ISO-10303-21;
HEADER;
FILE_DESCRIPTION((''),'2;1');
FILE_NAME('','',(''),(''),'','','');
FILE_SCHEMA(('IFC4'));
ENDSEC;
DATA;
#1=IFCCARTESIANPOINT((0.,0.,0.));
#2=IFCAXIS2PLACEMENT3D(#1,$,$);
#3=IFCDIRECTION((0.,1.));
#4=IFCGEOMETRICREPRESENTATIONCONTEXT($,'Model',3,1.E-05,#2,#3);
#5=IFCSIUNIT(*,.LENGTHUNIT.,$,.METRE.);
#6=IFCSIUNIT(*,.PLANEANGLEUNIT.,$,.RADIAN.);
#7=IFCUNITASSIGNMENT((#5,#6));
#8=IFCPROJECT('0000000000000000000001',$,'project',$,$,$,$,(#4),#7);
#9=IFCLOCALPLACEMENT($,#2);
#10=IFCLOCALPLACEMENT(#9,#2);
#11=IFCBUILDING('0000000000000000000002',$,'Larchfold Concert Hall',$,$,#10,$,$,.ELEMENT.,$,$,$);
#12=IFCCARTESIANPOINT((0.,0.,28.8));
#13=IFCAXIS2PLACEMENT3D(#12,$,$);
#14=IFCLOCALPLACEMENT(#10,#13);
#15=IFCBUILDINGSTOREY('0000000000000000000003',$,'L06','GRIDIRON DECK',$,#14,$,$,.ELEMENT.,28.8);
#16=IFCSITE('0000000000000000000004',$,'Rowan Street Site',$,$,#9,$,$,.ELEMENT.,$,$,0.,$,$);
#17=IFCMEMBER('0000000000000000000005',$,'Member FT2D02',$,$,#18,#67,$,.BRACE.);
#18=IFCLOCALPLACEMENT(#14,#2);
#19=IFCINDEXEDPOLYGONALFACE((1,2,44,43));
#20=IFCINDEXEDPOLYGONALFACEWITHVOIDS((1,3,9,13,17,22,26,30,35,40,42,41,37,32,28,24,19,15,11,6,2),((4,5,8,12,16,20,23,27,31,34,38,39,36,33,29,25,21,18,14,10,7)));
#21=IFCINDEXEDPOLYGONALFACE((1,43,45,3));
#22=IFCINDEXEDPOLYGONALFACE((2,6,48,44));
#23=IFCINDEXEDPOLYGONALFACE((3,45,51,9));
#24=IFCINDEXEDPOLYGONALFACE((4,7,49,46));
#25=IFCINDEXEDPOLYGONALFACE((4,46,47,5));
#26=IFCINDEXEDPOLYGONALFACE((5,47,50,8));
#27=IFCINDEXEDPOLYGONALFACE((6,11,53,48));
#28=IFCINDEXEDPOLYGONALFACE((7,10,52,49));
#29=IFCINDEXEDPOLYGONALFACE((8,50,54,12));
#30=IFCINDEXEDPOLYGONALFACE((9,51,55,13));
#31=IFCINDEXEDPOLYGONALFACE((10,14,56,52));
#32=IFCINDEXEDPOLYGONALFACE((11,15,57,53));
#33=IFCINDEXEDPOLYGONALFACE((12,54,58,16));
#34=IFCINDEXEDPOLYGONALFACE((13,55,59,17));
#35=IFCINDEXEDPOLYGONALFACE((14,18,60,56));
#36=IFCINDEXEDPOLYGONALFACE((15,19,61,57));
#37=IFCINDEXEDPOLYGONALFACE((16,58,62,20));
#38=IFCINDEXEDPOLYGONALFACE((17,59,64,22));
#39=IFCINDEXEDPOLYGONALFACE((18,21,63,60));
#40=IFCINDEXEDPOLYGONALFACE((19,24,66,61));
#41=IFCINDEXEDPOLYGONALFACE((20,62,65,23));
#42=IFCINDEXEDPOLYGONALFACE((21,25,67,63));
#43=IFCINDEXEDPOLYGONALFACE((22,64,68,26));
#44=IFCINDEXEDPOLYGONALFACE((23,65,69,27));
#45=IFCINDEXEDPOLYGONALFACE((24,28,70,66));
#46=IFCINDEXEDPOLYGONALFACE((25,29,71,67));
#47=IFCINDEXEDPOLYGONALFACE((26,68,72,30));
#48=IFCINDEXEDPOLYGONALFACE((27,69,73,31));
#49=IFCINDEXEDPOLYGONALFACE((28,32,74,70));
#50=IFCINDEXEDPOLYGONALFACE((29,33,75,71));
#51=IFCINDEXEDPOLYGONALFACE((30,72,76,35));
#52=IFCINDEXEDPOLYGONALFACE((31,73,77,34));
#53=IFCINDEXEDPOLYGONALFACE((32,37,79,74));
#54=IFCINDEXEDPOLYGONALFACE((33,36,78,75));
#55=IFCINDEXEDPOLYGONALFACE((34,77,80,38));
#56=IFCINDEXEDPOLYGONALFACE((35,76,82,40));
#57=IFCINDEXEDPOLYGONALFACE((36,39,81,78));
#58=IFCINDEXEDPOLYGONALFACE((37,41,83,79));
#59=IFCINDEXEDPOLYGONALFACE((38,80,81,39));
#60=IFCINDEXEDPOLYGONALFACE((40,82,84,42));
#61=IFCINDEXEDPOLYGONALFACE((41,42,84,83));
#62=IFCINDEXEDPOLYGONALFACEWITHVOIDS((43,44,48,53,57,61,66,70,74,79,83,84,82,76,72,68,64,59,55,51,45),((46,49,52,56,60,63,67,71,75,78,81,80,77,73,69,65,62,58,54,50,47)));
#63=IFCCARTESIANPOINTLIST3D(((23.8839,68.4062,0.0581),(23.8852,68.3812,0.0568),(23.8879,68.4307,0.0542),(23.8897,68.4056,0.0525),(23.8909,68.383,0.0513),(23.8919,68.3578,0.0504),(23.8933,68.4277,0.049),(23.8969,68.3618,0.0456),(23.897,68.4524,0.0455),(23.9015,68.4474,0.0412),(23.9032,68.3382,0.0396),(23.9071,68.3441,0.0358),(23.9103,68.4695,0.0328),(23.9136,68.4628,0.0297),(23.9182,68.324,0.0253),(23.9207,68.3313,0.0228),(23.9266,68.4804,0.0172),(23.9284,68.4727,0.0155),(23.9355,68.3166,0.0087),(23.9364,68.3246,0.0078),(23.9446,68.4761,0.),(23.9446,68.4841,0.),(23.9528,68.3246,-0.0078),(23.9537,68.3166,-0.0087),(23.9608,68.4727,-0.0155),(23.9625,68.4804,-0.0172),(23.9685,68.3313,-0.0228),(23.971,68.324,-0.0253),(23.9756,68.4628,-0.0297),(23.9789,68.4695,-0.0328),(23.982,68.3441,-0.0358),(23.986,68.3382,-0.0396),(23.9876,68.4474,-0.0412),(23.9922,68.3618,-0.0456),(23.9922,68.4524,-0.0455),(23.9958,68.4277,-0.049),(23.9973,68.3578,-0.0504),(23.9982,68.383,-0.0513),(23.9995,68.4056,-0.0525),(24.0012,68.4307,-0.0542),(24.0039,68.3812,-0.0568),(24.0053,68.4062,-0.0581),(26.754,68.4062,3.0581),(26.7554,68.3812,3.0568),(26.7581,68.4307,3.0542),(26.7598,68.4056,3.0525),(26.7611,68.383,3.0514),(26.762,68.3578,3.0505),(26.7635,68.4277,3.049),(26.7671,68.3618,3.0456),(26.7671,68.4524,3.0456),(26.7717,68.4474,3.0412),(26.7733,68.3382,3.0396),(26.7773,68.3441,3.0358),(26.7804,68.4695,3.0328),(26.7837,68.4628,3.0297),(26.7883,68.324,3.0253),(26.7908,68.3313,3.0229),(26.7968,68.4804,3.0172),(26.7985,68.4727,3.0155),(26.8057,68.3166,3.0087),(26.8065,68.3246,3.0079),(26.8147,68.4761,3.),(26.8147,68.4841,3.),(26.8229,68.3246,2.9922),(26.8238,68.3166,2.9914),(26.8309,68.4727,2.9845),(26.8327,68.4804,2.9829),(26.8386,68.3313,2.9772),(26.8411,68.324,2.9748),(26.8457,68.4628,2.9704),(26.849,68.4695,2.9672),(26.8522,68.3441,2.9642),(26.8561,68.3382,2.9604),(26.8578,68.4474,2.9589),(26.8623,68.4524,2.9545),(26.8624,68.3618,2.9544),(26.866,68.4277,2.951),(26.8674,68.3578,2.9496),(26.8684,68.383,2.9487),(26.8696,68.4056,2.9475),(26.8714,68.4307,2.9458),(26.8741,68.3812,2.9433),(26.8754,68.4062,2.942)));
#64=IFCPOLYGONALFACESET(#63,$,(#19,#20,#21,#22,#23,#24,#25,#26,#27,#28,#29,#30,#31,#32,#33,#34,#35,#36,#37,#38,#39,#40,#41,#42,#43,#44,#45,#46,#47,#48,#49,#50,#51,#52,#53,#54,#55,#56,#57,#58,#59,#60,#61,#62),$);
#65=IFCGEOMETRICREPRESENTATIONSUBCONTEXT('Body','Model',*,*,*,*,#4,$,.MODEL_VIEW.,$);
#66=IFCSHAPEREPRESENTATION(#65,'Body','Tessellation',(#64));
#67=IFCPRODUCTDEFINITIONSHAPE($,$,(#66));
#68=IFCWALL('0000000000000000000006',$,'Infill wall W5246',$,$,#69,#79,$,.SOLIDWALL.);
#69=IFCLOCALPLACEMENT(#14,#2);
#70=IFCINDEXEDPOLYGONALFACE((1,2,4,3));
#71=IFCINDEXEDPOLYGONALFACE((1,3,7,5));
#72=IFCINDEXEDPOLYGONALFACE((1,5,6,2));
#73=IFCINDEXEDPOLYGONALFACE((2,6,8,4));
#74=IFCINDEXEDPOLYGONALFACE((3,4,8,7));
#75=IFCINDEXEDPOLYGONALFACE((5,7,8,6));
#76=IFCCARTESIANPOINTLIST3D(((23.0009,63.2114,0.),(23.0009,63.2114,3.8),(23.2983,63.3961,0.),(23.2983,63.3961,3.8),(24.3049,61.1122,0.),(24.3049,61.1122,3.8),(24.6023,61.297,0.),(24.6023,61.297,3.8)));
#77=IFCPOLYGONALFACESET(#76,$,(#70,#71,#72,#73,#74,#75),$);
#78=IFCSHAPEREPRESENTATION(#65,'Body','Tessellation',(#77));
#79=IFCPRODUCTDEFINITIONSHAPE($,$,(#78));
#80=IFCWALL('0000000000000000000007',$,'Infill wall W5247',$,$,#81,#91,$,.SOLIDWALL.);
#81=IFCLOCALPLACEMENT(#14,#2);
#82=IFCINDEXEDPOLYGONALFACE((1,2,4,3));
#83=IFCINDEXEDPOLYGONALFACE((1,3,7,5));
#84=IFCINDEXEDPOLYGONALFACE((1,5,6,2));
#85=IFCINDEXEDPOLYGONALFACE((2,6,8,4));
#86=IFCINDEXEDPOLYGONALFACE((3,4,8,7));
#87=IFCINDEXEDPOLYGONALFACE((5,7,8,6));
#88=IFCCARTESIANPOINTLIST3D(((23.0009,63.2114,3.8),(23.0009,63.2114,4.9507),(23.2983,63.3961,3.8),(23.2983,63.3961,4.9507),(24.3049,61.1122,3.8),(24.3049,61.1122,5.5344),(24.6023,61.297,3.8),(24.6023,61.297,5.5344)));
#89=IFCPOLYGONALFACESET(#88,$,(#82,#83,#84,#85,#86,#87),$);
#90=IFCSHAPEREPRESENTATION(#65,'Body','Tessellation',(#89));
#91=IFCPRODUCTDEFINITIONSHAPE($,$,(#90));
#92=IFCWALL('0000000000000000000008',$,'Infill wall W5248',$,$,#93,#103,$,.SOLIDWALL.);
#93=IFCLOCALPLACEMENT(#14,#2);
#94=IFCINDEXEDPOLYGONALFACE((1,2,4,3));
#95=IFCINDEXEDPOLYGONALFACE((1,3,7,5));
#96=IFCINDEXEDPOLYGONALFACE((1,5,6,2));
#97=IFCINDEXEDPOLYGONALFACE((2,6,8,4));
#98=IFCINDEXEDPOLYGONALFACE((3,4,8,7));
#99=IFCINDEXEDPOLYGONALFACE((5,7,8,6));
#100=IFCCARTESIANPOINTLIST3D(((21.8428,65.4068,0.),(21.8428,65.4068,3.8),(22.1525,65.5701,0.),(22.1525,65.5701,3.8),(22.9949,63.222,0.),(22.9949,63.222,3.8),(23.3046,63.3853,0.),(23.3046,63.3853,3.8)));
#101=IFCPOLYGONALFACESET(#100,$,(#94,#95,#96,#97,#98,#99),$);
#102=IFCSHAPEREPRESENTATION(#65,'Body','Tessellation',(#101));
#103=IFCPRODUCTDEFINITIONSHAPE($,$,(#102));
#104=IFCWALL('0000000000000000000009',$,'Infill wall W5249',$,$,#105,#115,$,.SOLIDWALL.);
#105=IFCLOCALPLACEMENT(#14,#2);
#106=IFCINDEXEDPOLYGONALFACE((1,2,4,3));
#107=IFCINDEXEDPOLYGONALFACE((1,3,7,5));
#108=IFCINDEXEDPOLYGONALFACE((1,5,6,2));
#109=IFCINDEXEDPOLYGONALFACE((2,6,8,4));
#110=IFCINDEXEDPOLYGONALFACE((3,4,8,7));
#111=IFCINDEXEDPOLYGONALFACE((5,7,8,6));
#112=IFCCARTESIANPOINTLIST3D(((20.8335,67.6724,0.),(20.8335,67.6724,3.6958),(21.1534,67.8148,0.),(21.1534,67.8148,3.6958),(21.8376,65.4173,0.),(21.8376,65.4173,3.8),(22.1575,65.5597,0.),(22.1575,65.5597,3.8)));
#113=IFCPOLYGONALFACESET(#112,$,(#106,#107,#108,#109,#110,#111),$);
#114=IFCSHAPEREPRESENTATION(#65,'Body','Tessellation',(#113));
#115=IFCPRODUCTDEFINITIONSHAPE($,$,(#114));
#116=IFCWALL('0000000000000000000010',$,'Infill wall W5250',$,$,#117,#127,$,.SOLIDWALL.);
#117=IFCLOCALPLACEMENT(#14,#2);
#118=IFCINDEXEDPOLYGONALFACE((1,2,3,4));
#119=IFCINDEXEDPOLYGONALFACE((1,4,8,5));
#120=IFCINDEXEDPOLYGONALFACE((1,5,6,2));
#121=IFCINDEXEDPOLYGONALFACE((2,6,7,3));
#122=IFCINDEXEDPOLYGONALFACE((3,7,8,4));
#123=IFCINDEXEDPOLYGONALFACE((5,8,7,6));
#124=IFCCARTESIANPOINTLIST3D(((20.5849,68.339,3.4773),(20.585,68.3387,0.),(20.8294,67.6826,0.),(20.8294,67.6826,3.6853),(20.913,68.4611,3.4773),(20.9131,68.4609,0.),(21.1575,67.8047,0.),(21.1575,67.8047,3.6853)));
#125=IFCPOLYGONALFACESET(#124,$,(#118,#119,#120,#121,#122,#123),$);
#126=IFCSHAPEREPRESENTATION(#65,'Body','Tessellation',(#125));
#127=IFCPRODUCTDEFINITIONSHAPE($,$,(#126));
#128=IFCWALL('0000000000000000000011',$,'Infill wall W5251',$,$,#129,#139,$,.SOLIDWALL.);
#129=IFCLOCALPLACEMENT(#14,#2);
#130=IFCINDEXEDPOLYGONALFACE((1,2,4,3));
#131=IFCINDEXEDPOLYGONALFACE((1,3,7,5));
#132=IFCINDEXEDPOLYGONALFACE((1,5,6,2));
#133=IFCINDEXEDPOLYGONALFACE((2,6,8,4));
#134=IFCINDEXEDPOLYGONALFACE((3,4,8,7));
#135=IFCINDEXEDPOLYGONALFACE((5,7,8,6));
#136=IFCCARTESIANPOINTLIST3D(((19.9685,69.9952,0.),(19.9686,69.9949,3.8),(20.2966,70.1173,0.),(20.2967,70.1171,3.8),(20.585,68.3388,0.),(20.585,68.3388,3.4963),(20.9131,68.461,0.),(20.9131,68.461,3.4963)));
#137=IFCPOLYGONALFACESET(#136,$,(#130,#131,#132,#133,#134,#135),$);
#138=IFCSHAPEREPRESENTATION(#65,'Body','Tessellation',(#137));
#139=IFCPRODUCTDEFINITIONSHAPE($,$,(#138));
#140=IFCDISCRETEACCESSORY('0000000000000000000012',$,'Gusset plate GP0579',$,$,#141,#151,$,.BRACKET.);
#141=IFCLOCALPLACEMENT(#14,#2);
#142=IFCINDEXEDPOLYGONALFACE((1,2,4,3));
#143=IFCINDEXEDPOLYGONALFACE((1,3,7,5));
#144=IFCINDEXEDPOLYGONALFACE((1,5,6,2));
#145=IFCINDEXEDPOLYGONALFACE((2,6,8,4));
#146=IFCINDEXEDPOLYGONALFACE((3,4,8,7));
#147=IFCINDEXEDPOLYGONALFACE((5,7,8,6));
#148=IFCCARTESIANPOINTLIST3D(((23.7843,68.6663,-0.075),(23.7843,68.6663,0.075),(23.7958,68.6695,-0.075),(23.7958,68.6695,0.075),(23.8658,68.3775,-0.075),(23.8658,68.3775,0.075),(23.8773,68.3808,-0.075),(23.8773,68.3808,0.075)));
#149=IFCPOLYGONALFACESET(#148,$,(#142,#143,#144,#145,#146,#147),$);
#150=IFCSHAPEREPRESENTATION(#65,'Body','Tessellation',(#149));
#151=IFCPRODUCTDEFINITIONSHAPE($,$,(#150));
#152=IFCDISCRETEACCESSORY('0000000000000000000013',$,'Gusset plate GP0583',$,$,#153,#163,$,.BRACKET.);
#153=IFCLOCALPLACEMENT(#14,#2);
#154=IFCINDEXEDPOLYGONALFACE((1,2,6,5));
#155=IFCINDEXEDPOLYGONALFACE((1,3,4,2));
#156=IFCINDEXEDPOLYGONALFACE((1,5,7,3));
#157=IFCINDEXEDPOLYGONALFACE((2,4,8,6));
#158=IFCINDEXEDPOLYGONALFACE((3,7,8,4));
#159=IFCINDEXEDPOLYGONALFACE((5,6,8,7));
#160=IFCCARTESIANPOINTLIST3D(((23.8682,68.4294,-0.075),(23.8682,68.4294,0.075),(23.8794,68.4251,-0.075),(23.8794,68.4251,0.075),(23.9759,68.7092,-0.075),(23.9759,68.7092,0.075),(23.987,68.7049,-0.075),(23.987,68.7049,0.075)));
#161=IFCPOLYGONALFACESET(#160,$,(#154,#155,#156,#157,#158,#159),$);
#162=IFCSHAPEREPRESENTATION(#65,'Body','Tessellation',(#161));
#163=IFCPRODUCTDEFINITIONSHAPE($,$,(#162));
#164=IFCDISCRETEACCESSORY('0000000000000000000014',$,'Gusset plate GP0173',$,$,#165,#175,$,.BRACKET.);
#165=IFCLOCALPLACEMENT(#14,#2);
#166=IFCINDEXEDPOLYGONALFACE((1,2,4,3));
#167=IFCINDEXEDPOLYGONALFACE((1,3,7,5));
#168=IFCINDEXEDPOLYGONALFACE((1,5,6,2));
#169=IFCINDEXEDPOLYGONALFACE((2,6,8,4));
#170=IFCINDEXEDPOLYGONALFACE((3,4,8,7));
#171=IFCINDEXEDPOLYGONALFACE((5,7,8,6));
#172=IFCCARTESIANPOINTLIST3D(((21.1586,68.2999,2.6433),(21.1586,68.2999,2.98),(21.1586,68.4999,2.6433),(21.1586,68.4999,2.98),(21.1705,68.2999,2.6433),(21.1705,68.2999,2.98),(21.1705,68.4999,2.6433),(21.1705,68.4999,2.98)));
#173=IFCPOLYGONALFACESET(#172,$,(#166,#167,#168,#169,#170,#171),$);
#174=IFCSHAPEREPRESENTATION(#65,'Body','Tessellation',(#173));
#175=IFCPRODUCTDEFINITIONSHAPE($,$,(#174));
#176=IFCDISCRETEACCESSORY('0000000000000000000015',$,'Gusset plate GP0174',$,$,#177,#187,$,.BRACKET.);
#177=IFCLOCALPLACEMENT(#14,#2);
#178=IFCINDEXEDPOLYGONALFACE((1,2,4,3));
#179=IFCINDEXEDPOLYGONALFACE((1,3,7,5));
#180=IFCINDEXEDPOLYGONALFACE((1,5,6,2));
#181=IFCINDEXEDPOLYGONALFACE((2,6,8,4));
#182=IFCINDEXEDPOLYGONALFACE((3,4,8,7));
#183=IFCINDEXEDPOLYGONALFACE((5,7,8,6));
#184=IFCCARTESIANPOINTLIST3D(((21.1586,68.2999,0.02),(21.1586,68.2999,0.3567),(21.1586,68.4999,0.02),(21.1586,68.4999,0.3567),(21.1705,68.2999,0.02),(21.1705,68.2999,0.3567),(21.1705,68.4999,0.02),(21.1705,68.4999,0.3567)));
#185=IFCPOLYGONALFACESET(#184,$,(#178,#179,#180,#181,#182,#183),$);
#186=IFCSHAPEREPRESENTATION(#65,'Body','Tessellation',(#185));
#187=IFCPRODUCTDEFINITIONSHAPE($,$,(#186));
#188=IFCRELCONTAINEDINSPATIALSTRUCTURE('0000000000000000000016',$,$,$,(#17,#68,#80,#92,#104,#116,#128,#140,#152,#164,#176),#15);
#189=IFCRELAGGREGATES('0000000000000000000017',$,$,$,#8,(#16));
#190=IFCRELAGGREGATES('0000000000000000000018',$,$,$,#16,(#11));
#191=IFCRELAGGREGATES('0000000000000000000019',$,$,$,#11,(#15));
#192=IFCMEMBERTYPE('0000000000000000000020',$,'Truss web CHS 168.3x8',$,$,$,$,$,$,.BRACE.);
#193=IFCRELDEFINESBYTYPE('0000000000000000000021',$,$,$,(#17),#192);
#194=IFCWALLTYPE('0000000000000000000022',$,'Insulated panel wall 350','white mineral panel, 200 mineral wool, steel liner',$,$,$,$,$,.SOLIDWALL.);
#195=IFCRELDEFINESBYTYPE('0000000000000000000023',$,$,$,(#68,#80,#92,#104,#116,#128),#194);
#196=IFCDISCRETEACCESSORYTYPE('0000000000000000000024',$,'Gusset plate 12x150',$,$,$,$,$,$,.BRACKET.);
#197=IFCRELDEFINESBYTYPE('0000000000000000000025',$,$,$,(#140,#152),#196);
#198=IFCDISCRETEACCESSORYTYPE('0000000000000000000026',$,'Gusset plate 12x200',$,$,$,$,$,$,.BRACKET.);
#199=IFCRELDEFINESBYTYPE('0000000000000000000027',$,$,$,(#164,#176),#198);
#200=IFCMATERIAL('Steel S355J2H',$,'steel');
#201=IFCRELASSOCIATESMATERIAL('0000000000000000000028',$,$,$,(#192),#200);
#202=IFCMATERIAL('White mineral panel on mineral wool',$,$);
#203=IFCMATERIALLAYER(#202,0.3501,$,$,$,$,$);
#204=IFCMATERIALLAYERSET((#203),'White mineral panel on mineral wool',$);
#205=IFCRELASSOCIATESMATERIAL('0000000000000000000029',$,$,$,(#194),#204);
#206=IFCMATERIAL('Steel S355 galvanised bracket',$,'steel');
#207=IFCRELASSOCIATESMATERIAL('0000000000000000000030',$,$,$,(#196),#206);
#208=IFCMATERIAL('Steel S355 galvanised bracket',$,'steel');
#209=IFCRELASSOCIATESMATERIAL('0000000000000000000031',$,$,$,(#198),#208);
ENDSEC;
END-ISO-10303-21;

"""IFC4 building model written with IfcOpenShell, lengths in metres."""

from ifc_helpers import new_model, si_unit, direction, frame, frame_2d, origin, origin_2d, place, context, subcontext, project, spatial, polyline, rectangle, hollow_circle, outline, extrude, material, layer, layer_set, material_profile, profile_set, type_object, element, save


model = new_model("IFC4")

# Units and contexts
model_context = context("Model", 3, precision=1e-05, world=origin(), true_north=direction((0.0, 1.0)))
body_context = subcontext(model_context, "Body", "Model", "MODEL_VIEW")
ifc_project = project(units=[si_unit("LENGTHUNIT", "METRE"), si_unit("PLANEANGLEUNIT", "RADIAN")], contexts=[model_context])

# Site, building, storey
site_placement = place(None, origin())
site = spatial("IfcSite", under=ifc_project, at=site_placement, Name="Rowan Street Site", CompositionType="ELEMENT", RefElevation=0.0)
building_placement = place(site_placement, origin())
building = spatial("IfcBuilding", under=site, at=building_placement, Name="Larchfold Concert Hall", CompositionType="ELEMENT")
storey_placement = place(building_placement, frame((0.0, 0.0, 28.8)))
storey = spatial("IfcBuildingStorey", under=building, at=storey_placement, Name="L06", Description="GRIDIRON DECK", CompositionType="ELEMENT", Elevation=28.8)

# Member
ifc_material_1 = material(Name="Steel S355J2H", Category="steel")
ifc_material_profile_1 = material_profile(ifc_material_1, hollow_circle(Radius=0.0842, WallThickness=0.0081, at=origin_2d()))
ifc_profile_set_1 = profile_set([ifc_material_profile_1], Name="Steel S355J2H")
member_type_1 = type_object("IfcMemberType", Name="Truss web CHS 168.3x8", PredefinedType="BRACE", material=ifc_profile_set_1)
for number, where, z_axis, x_axis, name in (
    (1, (23.9446, 68.3999, 0.0), (0.691292, 0.0, 0.722575), (0.0, 1.0, 0.0), "Member FT2D02"),
):
    element("IfcMember", number, at=place(storey_placement, frame(where, z_axis=z_axis, x_axis=x_axis)), inside=storey, type_object=member_type_1, Name=name, PredefinedType="BRACE", context=body_context, shape_type="SweptSolid", body=[
        extrude(hollow_circle(Radius=0.0842, WallThickness=0.0081, at=origin_2d()), origin(), (0.0, 0.0, 1.0), 4.1519),
    ])

# Walls
ifc_material_2 = material(Name="White mineral panel on mineral wool")
ifc_layer_1 = layer(ifc_material_2, 0.3501)
ifc_layer_set_1 = layer_set([ifc_layer_1], Name="White mineral panel on mineral wool")
wall_type = type_object("IfcWallType", Name="Insulated panel wall 350", Description="white mineral panel, 200 mineral wool, steel liner", PredefinedType="SOLIDWALL", material=ifc_layer_set_1)
wall_1_placement = place(storey_placement, frame((24.4536, 61.2046, 0.0), z_axis=(0.0, 0.0, 1.0), x_axis=(-0.52767, 0.849449, 0.0)))
element("IfcWall", 2, at=wall_1_placement, inside=storey, type_object=wall_type, Name="Infill wall W5246", PredefinedType="SOLIDWALL", context=body_context, shape_type="SweptSolid", body=[
    extrude(rectangle(XDim=2.4712, YDim=0.3501, at=frame_2d((1.2356, 0.0))), origin(), (0.0, 0.0, 1.0), 3.8),
])
wall_2_placement = place(storey_placement, frame((24.4536, 61.2046, 3.8), z_axis=(0.0, 0.0, 1.0), x_axis=(-0.52767, 0.849449, 0.0)))
element("IfcWall", 3, at=wall_2_placement, inside=storey, type_object=wall_type, Name="Infill wall W5247", PredefinedType="SOLIDWALL", context=body_context, shape_type="SweptSolid", body=[
    extrude(outline(polyline([(0.0, 0.0), (2.4712, 0.0), (2.4712, 1.1506), (0.0, 1.7344), (0.0, 0.0)])), frame((0.0, 0.175, 0.0), z_axis=(0.0, -1.0, 0.0), x_axis=(1.0, 0.0, 0.0)), (0.0, 0.0, 1.0), 0.3501),
])
wall_3_placement = place(storey_placement, frame((23.1497, 63.3037, 0.0), z_axis=(0.0, 0.0, 1.0), x_axis=(-0.466443, 0.884551, 0.0)))
element("IfcWall", 4, at=wall_3_placement, inside=storey, type_object=wall_type, Name="Infill wall W5248", PredefinedType="SOLIDWALL", context=body_context, shape_type="SweptSolid", body=[
    extrude(rectangle(XDim=2.47, YDim=0.3501, at=frame_2d((1.2349, 0.0))), origin(), (0.0, 0.0, 1.0), 3.8),
])
wall_4_placement = place(storey_placement, frame((21.9976, 65.4885, 0.0), z_axis=(0.0, 0.0, 1.0), x_axis=(-0.406772, 0.91353, 0.0)))
element("IfcWall", 5, at=wall_4_placement, inside=storey, type_object=wall_type, Name="Infill wall W5249", PredefinedType="SOLIDWALL", context=body_context, shape_type="SweptSolid", body=[
    extrude(outline(polyline([(0.0, 0.0), (2.4685, 0.0), (2.4685, 3.6958), (0.0, 3.8), (0.0, 0.0)])), frame((0.0, 0.175, 0.0), z_axis=(0.0, -1.0, 0.0), x_axis=(1.0, 0.0, 0.0)), (0.0, 0.0, 1.0), 0.3501),
])
wall_5_placement = place(storey_placement, frame((20.9934, 67.7437, 0.0), z_axis=(0.0, 0.0, 1.0), x_axis=(-0.348983, 0.937129, 0.0)))
element("IfcWall", 6, at=wall_5_placement, inside=storey, type_object=wall_type, Name="Infill wall W5250", PredefinedType="SOLIDWALL", context=body_context, shape_type="SweptSolid", body=[
    extrude(outline(polyline([(0.0, 0.0), (0.7002, 0.0), (0.7004, 3.4773), (0.0, 3.6853), (0.0, 0.0)])), frame((0.0, 0.175, 0.0), z_axis=(0.0, -1.0, 0.0), x_axis=(1.0, 0.0, 0.0)), (0.0, 0.0, 1.0), 0.3501),
])
wall_6_placement = place(storey_placement, frame((20.749, 68.3999, 0.0), z_axis=(0.0, 0.0, 1.0), x_axis=(-0.348821, 0.937189, 0.0)))
element("IfcWall", 7, at=wall_6_placement, inside=storey, type_object=wall_type, Name="Infill wall W5251", PredefinedType="SOLIDWALL", context=body_context, shape_type="SweptSolid", body=[
    extrude(outline(polyline([(0.0, 0.0), (1.7673, 0.0), (1.7671, 3.8), (0.0, 3.4963), (0.0, 0.0)])), frame((0.0, 0.175, 0.0), z_axis=(0.0, -1.0, 0.0), x_axis=(1.0, 0.0, 0.0)), (0.0, 0.0, 1.0), 0.3501),
])

# Discrete accessories
ifc_material_3 = material(Name="Steel S355 galvanised bracket", Category="steel")
ifc_material_profile_2 = material_profile(ifc_material_3, rectangle(XDim=0.012, YDim=0.1499, at=origin_2d()))
ifc_profile_set_2 = profile_set([ifc_material_profile_2], Name="Steel S355 galvanised bracket")
discrete_accessory_type_1 = type_object("IfcDiscreteAccessoryType", Name="Gusset plate 12x150", PredefinedType="BRACKET", material=ifc_profile_set_2)
discrete_accessory_1_placement = place(storey_placement, frame((23.8716, 68.3792, 0.0), z_axis=(-0.271711, 0.962379, 0.0), x_axis=(-0.962379, -0.271711, 0.0)))
element("IfcDiscreteAccessory", 8, at=discrete_accessory_1_placement, inside=storey, type_object=discrete_accessory_type_1, Name="Gusset plate GP0579", PredefinedType="BRACKET", context=body_context, shape_type="SweptSolid", body=[
    extrude(rectangle(XDim=0.012, YDim=0.1499, at=origin_2d()), origin(), (0.0, 0.0, 1.0), 0.3),
])
discrete_accessory_2_placement = place(storey_placement, frame((23.8738, 68.4272, 0.0), z_axis=(0.359143, 0.933283, 0.0), x_axis=(-0.933283, 0.359143, 0.0)))
element("IfcDiscreteAccessory", 9, at=discrete_accessory_2_placement, inside=storey, type_object=discrete_accessory_type_1, Name="Gusset plate GP0583", PredefinedType="BRACKET", context=body_context, shape_type="SweptSolid", body=[
    extrude(rectangle(XDim=0.012, YDim=0.1499, at=origin_2d()), origin(), (0.0, 0.0, 1.0), 0.2998),
])
ifc_material_4 = material(Name="Steel S355 galvanised bracket", Category="steel")
ifc_material_profile_3 = material_profile(ifc_material_4, rectangle(XDim=0.012, YDim=0.2, at=origin_2d()))
ifc_profile_set_3 = profile_set([ifc_material_profile_3], Name="Steel S355 galvanised bracket")
discrete_accessory_type_2 = type_object("IfcDiscreteAccessoryType", Name="Gusset plate 12x200", PredefinedType="BRACKET", material=ifc_profile_set_3)
for number, where, z_axis, x_axis, name in (
    (10, (21.1646, 68.3999, 2.98), (0.0, 0.0, -1.0), (1.0, 0.0, 0.0), "Gusset plate GP0173"),
    (11, (21.1646, 68.3999, 0.3567), (0.0, 0.0, -1.0), (1.0, 0.0, 0.0), "Gusset plate GP0174"),
):
    element("IfcDiscreteAccessory", number, at=place(storey_placement, frame(where, z_axis=z_axis, x_axis=x_axis)), inside=storey, type_object=discrete_accessory_type_2, Name=name, PredefinedType="BRACKET", context=body_context, shape_type="SweptSolid", body=[
        extrude(rectangle(XDim=0.012, YDim=0.2, at=origin_2d()), origin(), (0.0, 0.0, 1.0), 0.3367),
    ])

save(model, "model.ifc")
